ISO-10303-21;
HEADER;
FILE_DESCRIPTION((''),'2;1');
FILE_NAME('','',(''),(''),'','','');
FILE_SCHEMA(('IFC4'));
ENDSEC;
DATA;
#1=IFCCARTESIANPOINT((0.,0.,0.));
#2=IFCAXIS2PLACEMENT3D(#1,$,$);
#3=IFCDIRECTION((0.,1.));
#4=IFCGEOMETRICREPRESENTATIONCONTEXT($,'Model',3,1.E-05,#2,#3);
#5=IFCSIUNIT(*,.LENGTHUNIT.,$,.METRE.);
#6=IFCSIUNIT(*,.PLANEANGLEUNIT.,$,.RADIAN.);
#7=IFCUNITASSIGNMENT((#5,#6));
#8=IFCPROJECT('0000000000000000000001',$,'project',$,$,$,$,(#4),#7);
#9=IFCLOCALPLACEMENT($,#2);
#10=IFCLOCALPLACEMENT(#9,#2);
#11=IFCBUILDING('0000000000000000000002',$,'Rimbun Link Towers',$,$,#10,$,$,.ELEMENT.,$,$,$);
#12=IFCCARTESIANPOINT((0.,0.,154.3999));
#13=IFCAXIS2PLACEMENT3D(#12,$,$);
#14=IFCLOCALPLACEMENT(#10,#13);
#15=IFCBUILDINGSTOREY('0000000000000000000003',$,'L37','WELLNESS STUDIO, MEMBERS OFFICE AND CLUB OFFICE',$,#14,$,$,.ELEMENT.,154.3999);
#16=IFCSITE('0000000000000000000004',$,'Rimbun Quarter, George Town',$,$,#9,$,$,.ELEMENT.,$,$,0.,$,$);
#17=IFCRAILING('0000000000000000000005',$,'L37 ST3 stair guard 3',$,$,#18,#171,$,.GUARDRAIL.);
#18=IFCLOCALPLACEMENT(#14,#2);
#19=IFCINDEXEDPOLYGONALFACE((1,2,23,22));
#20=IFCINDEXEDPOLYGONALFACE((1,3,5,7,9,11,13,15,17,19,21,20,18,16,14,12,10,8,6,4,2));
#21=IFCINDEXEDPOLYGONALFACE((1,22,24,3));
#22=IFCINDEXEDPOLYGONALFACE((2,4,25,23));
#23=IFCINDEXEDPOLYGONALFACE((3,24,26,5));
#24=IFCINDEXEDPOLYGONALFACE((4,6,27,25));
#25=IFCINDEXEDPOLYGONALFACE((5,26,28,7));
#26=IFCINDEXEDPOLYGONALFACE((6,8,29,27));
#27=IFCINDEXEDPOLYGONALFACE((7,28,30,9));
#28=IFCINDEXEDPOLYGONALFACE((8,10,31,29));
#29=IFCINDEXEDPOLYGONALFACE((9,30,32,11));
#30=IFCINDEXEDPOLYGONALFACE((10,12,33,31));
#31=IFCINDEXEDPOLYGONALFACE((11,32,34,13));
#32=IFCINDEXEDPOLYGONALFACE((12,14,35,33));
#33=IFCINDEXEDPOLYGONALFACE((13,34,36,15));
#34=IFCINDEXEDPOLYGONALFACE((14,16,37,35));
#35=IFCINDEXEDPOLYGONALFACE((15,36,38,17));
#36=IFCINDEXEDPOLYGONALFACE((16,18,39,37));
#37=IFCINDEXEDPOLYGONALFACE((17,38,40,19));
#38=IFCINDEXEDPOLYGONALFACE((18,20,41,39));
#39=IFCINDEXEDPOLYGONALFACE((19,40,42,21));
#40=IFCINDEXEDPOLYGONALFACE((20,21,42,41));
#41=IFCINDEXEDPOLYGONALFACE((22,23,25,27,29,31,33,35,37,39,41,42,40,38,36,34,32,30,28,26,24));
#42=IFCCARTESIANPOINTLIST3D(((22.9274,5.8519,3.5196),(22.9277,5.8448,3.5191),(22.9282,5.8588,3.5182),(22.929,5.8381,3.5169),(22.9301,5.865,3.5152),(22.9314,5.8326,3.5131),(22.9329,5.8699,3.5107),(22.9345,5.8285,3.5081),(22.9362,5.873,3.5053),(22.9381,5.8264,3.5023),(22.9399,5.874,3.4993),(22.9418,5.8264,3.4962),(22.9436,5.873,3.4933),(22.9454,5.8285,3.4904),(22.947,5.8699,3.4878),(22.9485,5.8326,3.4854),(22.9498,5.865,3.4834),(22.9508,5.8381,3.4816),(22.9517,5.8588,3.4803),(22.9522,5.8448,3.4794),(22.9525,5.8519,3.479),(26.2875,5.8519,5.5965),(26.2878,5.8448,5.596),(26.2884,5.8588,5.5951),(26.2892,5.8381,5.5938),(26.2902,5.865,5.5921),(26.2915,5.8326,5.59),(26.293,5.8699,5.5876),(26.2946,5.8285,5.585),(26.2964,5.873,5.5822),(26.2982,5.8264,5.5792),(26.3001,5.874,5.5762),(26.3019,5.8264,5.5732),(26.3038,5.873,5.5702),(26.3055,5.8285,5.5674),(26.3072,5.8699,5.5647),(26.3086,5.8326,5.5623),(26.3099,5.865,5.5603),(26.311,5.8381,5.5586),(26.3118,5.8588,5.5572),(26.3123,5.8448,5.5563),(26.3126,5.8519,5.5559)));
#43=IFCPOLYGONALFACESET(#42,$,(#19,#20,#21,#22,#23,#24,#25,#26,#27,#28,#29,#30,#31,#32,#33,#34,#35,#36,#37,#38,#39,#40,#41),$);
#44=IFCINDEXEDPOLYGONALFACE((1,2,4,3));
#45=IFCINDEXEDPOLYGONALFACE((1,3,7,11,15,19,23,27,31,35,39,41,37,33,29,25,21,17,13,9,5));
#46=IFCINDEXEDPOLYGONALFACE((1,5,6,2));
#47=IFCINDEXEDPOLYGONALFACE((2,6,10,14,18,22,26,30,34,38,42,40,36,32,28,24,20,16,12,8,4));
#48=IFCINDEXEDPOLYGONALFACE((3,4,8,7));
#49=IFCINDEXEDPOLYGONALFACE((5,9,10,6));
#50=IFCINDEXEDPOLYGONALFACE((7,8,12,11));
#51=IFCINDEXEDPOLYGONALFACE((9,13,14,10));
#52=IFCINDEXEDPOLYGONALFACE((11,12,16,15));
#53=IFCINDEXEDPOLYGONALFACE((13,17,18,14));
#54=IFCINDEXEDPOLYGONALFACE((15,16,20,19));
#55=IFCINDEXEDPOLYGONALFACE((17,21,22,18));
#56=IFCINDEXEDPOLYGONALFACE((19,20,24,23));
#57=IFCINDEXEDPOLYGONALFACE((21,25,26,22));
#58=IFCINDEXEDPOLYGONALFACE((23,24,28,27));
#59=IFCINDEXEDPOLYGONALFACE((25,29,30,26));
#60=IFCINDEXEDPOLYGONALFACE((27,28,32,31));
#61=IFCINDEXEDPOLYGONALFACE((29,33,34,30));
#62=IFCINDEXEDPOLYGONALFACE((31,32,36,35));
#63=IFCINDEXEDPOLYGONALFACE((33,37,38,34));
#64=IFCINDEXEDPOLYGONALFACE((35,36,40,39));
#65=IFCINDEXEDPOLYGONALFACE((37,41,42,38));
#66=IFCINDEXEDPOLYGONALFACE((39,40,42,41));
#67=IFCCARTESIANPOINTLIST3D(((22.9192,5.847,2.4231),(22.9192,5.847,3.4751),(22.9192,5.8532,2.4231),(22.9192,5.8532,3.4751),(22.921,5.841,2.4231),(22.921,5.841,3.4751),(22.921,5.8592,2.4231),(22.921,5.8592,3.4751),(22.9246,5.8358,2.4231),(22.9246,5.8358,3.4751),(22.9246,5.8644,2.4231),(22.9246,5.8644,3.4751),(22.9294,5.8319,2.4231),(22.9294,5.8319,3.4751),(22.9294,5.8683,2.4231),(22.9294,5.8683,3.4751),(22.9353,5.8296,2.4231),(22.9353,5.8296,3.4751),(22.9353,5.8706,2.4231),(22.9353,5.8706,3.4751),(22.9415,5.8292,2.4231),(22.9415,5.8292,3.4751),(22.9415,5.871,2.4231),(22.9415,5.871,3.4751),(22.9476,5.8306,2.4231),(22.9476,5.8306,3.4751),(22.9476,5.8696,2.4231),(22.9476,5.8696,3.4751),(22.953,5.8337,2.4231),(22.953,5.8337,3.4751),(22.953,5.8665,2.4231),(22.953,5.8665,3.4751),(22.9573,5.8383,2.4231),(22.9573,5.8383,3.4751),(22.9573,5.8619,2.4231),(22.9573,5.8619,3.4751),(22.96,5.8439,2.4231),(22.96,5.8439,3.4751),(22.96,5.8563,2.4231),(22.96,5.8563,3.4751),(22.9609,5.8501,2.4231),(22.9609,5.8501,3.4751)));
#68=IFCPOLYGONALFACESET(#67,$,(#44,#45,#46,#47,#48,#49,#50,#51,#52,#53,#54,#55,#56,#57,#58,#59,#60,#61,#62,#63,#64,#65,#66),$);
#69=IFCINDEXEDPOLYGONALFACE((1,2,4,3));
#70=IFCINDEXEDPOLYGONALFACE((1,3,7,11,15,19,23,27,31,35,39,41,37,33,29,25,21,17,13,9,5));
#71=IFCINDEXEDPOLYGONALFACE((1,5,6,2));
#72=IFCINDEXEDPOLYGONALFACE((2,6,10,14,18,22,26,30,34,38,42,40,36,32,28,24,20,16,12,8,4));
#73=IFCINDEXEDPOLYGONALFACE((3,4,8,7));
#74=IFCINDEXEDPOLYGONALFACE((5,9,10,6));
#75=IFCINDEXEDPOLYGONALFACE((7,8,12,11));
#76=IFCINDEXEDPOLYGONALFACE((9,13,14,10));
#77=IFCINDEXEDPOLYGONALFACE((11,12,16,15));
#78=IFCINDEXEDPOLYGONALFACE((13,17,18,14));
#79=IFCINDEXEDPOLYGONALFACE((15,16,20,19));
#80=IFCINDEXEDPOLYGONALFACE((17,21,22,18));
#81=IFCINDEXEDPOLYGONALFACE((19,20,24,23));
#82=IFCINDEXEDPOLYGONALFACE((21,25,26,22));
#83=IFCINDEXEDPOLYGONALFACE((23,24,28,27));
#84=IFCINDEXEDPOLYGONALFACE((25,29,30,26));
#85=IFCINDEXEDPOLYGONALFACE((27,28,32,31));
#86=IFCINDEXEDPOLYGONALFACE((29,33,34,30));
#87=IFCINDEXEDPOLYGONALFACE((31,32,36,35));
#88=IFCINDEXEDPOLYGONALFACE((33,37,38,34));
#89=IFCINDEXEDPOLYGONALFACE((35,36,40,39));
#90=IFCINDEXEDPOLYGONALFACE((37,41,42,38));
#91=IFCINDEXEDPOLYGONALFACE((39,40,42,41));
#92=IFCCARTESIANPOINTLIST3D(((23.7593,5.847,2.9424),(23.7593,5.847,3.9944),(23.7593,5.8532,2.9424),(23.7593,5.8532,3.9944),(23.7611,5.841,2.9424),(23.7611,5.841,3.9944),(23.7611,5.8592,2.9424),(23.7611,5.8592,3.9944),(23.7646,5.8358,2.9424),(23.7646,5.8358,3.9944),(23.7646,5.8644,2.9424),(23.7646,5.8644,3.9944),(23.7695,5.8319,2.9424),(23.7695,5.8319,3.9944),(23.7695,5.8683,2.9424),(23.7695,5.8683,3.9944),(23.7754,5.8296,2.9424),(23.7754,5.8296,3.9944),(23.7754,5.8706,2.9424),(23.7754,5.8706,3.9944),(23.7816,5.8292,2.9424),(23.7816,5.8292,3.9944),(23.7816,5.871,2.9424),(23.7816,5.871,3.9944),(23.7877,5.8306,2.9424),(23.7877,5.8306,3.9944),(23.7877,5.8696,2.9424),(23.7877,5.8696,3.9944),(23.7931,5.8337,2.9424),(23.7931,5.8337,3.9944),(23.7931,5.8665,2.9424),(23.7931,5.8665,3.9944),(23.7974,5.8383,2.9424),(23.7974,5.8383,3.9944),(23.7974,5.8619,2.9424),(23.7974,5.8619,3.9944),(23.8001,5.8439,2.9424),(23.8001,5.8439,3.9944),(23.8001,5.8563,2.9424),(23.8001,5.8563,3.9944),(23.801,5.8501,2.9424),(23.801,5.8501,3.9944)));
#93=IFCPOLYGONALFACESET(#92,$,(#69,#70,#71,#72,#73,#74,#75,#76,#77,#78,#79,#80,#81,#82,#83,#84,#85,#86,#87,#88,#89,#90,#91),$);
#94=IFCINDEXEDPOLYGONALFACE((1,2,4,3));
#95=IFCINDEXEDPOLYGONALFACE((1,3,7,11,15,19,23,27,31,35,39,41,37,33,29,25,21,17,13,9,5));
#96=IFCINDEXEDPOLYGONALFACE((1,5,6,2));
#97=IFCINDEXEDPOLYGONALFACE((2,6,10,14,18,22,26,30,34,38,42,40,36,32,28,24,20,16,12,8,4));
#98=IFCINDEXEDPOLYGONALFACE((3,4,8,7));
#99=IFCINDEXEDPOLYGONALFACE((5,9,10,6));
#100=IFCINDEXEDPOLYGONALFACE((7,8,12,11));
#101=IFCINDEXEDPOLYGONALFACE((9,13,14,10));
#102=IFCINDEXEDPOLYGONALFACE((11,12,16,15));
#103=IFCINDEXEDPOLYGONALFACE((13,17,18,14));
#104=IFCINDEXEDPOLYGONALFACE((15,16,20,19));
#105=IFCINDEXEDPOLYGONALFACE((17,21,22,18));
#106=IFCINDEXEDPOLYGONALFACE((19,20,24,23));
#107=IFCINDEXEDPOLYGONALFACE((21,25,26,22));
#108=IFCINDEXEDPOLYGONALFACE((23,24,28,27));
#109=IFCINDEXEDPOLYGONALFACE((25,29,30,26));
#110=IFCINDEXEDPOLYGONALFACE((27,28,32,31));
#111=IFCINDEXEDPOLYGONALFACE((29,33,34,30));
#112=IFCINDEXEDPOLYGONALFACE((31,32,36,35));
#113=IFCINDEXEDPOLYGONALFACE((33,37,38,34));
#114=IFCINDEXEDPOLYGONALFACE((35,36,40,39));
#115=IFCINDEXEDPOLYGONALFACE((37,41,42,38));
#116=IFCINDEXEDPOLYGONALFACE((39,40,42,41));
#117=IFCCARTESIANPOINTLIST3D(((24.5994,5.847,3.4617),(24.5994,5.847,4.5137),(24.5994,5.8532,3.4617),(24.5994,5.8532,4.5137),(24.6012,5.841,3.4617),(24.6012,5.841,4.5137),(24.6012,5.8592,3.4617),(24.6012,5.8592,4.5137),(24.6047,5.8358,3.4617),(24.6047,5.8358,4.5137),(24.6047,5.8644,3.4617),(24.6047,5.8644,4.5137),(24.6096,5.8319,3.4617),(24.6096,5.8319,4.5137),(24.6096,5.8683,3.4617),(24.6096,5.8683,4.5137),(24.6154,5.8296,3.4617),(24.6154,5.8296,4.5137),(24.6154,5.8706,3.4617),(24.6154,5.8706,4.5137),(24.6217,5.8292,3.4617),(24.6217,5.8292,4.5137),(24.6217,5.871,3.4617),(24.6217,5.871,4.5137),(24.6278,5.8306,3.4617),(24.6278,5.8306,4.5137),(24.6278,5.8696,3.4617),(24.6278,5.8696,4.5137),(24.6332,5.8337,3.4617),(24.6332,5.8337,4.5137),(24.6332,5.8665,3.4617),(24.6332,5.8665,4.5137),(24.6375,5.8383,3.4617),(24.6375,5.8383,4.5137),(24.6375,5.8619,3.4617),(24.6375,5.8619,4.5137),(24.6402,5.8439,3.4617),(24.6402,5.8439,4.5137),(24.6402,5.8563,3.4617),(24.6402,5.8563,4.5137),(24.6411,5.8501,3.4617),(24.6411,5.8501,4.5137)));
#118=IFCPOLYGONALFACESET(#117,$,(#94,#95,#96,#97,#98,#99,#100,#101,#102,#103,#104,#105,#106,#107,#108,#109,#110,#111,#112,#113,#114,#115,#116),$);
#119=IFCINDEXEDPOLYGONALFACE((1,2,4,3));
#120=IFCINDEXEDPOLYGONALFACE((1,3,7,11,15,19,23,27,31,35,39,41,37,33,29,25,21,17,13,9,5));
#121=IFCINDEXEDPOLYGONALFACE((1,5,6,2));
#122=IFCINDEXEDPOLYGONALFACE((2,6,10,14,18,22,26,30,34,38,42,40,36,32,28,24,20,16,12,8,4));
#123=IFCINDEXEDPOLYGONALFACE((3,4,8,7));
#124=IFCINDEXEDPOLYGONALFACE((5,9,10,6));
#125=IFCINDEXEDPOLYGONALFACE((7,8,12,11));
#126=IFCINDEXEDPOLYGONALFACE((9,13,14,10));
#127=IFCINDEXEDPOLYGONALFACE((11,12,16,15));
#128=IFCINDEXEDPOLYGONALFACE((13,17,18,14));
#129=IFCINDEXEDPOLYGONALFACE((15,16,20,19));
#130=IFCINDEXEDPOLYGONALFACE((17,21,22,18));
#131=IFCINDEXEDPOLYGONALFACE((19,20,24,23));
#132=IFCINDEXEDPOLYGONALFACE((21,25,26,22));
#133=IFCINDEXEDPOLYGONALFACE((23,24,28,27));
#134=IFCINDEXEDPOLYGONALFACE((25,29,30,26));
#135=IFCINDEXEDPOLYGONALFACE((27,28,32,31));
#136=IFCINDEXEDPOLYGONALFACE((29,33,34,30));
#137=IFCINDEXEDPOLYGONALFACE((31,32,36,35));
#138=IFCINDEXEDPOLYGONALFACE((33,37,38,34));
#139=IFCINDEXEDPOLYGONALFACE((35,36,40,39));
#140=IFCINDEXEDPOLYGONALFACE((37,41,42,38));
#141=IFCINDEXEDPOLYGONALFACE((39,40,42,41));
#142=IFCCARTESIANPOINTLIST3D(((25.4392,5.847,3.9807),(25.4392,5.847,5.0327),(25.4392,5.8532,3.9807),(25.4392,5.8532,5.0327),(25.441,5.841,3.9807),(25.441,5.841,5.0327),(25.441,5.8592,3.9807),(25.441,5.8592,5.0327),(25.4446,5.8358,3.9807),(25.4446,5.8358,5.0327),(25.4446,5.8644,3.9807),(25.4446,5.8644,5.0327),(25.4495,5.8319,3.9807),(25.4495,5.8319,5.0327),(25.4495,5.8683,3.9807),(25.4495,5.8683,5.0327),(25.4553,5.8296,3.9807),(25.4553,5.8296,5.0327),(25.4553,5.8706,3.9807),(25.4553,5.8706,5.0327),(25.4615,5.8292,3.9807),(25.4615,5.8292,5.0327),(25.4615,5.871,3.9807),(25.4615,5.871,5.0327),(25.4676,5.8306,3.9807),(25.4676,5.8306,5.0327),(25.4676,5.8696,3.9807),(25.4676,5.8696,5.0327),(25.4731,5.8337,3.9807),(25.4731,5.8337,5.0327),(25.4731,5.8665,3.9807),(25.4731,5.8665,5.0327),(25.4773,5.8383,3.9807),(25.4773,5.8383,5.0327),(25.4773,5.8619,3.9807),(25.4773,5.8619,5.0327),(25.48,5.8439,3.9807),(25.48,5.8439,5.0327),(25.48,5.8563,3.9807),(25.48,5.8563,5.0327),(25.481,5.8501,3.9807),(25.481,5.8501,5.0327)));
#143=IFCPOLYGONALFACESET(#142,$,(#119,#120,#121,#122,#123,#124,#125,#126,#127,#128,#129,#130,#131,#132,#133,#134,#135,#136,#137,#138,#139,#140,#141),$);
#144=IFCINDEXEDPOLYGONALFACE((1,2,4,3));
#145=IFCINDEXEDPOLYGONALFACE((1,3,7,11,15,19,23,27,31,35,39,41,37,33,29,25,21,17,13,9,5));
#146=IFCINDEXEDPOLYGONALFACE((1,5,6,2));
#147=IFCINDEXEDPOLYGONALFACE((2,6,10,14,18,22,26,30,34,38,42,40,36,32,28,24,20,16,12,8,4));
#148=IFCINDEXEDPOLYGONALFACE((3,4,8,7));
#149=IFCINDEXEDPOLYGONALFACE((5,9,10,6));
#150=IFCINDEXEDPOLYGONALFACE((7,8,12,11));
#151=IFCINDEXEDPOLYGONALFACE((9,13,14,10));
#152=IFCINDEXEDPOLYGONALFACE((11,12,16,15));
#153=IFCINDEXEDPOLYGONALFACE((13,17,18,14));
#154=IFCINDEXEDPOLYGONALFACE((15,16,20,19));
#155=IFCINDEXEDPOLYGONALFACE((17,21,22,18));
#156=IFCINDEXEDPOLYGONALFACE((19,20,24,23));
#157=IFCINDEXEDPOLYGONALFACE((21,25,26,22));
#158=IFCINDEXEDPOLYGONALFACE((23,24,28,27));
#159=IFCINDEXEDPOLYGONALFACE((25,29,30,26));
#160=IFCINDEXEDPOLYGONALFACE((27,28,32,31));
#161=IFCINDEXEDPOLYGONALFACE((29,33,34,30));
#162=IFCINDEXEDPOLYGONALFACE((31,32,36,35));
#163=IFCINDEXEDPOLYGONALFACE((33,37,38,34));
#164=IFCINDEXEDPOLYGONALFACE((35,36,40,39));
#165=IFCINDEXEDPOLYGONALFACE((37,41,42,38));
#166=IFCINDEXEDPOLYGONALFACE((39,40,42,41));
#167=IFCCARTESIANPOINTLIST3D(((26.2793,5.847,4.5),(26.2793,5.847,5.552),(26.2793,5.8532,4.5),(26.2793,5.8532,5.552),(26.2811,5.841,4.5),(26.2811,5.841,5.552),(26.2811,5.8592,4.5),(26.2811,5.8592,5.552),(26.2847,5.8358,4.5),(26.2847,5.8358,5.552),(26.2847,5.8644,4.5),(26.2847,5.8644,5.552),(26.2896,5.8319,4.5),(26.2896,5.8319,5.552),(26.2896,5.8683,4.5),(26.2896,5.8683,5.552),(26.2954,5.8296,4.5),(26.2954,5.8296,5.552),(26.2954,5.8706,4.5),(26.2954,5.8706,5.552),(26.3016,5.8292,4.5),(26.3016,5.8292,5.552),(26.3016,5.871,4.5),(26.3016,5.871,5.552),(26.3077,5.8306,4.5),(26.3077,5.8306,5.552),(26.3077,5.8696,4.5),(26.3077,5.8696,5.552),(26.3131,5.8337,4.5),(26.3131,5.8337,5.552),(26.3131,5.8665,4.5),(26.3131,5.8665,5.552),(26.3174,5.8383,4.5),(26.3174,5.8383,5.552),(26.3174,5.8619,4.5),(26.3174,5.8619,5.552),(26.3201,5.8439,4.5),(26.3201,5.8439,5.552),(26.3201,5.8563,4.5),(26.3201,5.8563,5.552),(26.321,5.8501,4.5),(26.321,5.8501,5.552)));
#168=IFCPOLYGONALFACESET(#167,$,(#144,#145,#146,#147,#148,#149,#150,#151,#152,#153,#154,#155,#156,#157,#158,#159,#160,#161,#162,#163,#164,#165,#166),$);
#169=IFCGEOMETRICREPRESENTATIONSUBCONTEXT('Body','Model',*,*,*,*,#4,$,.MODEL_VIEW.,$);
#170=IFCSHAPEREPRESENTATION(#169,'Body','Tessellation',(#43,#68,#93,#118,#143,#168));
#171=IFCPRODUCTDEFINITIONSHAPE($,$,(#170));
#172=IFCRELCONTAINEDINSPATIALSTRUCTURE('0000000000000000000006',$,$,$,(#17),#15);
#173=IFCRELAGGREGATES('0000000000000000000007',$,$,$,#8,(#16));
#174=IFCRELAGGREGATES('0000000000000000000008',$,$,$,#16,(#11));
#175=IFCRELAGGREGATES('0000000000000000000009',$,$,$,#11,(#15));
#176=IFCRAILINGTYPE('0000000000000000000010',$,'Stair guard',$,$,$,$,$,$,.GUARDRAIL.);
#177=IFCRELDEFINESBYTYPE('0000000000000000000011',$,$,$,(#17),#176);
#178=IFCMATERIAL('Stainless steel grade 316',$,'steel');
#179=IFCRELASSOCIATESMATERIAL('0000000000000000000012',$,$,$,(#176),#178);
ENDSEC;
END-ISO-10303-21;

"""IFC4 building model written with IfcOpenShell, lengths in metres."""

from ifc_helpers import new_model, si_unit, direction, frame, origin, origin_2d, place, context, subcontext, project, spatial, circle, extrude, material, type_object, element, save


model = new_model("IFC4")

# Units and contexts
model_context = context("Model", 3, precision=1e-05, world=origin(), true_north=direction((0.0, 1.0)))
body_context = subcontext(model_context, "Body", "Model", "MODEL_VIEW")
ifc_project = project(units=[si_unit("LENGTHUNIT", "METRE"), si_unit("PLANEANGLEUNIT", "RADIAN")], contexts=[model_context])

# Site, building, storey
site_placement = place(None, origin())
site = spatial("IfcSite", under=ifc_project, at=site_placement, Name="Rimbun Quarter, George Town", CompositionType="ELEMENT", RefElevation=0.0)
building_placement = place(site_placement, origin())
building = spatial("IfcBuilding", under=site, at=building_placement, Name="Rimbun Link Towers", CompositionType="ELEMENT")
storey_placement = place(building_placement, frame((0.0, 0.0, 154.3999)))
storey = spatial("IfcBuildingStorey", under=building, at=storey_placement, Name="L37", Description="WELLNESS STUDIO, MEMBERS OFFICE AND CLUB OFFICE", CompositionType="ELEMENT", Elevation=154.3999)

# Railing
ifc_material_1 = material(Name="Stainless steel grade 316", Category="steel")
railing_type_1 = type_object("IfcRailingType", Name="Stair guard", PredefinedType="GUARDRAIL", material=ifc_material_1)
railing_1_placement = place(storey_placement, frame((22.9399, 5.8501, 2.4231)))
element("IfcRailing", 1, at=railing_1_placement, inside=storey, type_object=railing_type_1, Name="L37 ST3 stair guard 3", PredefinedType="GUARDRAIL", context=body_context, shape_type="SweptSolid", body=[
    extrude(circle(Radius=0.0239, at=origin_2d()), frame((0.0, 0.0, 1.0762), z_axis=(0.850623, 0.0, 0.525776), x_axis=(0.0, 1.0, 0.0)), (0.0, 0.0, 1.0), 3.9502),
    extrude(circle(Radius=0.021, at=origin_2d()), origin(), (0.0, 0.0, 1.0), 1.052),
    extrude(circle(Radius=0.021, at=origin_2d()), frame((0.8401, 0.0, 0.5193)), (0.0, 0.0, 1.0), 1.052),
    extrude(circle(Radius=0.021, at=origin_2d()), frame((1.6802, 0.0, 1.0386)), (0.0, 0.0, 1.0), 1.052),
    extrude(circle(Radius=0.021, at=origin_2d()), frame((2.52, 0.0, 1.5576)), (0.0, 0.0, 1.0), 1.052),
    extrude(circle(Radius=0.021, at=origin_2d()), frame((3.3601, 0.0, 2.0769)), (0.0, 0.0, 1.0), 1.052),
])

save(model, "model.ifc")
